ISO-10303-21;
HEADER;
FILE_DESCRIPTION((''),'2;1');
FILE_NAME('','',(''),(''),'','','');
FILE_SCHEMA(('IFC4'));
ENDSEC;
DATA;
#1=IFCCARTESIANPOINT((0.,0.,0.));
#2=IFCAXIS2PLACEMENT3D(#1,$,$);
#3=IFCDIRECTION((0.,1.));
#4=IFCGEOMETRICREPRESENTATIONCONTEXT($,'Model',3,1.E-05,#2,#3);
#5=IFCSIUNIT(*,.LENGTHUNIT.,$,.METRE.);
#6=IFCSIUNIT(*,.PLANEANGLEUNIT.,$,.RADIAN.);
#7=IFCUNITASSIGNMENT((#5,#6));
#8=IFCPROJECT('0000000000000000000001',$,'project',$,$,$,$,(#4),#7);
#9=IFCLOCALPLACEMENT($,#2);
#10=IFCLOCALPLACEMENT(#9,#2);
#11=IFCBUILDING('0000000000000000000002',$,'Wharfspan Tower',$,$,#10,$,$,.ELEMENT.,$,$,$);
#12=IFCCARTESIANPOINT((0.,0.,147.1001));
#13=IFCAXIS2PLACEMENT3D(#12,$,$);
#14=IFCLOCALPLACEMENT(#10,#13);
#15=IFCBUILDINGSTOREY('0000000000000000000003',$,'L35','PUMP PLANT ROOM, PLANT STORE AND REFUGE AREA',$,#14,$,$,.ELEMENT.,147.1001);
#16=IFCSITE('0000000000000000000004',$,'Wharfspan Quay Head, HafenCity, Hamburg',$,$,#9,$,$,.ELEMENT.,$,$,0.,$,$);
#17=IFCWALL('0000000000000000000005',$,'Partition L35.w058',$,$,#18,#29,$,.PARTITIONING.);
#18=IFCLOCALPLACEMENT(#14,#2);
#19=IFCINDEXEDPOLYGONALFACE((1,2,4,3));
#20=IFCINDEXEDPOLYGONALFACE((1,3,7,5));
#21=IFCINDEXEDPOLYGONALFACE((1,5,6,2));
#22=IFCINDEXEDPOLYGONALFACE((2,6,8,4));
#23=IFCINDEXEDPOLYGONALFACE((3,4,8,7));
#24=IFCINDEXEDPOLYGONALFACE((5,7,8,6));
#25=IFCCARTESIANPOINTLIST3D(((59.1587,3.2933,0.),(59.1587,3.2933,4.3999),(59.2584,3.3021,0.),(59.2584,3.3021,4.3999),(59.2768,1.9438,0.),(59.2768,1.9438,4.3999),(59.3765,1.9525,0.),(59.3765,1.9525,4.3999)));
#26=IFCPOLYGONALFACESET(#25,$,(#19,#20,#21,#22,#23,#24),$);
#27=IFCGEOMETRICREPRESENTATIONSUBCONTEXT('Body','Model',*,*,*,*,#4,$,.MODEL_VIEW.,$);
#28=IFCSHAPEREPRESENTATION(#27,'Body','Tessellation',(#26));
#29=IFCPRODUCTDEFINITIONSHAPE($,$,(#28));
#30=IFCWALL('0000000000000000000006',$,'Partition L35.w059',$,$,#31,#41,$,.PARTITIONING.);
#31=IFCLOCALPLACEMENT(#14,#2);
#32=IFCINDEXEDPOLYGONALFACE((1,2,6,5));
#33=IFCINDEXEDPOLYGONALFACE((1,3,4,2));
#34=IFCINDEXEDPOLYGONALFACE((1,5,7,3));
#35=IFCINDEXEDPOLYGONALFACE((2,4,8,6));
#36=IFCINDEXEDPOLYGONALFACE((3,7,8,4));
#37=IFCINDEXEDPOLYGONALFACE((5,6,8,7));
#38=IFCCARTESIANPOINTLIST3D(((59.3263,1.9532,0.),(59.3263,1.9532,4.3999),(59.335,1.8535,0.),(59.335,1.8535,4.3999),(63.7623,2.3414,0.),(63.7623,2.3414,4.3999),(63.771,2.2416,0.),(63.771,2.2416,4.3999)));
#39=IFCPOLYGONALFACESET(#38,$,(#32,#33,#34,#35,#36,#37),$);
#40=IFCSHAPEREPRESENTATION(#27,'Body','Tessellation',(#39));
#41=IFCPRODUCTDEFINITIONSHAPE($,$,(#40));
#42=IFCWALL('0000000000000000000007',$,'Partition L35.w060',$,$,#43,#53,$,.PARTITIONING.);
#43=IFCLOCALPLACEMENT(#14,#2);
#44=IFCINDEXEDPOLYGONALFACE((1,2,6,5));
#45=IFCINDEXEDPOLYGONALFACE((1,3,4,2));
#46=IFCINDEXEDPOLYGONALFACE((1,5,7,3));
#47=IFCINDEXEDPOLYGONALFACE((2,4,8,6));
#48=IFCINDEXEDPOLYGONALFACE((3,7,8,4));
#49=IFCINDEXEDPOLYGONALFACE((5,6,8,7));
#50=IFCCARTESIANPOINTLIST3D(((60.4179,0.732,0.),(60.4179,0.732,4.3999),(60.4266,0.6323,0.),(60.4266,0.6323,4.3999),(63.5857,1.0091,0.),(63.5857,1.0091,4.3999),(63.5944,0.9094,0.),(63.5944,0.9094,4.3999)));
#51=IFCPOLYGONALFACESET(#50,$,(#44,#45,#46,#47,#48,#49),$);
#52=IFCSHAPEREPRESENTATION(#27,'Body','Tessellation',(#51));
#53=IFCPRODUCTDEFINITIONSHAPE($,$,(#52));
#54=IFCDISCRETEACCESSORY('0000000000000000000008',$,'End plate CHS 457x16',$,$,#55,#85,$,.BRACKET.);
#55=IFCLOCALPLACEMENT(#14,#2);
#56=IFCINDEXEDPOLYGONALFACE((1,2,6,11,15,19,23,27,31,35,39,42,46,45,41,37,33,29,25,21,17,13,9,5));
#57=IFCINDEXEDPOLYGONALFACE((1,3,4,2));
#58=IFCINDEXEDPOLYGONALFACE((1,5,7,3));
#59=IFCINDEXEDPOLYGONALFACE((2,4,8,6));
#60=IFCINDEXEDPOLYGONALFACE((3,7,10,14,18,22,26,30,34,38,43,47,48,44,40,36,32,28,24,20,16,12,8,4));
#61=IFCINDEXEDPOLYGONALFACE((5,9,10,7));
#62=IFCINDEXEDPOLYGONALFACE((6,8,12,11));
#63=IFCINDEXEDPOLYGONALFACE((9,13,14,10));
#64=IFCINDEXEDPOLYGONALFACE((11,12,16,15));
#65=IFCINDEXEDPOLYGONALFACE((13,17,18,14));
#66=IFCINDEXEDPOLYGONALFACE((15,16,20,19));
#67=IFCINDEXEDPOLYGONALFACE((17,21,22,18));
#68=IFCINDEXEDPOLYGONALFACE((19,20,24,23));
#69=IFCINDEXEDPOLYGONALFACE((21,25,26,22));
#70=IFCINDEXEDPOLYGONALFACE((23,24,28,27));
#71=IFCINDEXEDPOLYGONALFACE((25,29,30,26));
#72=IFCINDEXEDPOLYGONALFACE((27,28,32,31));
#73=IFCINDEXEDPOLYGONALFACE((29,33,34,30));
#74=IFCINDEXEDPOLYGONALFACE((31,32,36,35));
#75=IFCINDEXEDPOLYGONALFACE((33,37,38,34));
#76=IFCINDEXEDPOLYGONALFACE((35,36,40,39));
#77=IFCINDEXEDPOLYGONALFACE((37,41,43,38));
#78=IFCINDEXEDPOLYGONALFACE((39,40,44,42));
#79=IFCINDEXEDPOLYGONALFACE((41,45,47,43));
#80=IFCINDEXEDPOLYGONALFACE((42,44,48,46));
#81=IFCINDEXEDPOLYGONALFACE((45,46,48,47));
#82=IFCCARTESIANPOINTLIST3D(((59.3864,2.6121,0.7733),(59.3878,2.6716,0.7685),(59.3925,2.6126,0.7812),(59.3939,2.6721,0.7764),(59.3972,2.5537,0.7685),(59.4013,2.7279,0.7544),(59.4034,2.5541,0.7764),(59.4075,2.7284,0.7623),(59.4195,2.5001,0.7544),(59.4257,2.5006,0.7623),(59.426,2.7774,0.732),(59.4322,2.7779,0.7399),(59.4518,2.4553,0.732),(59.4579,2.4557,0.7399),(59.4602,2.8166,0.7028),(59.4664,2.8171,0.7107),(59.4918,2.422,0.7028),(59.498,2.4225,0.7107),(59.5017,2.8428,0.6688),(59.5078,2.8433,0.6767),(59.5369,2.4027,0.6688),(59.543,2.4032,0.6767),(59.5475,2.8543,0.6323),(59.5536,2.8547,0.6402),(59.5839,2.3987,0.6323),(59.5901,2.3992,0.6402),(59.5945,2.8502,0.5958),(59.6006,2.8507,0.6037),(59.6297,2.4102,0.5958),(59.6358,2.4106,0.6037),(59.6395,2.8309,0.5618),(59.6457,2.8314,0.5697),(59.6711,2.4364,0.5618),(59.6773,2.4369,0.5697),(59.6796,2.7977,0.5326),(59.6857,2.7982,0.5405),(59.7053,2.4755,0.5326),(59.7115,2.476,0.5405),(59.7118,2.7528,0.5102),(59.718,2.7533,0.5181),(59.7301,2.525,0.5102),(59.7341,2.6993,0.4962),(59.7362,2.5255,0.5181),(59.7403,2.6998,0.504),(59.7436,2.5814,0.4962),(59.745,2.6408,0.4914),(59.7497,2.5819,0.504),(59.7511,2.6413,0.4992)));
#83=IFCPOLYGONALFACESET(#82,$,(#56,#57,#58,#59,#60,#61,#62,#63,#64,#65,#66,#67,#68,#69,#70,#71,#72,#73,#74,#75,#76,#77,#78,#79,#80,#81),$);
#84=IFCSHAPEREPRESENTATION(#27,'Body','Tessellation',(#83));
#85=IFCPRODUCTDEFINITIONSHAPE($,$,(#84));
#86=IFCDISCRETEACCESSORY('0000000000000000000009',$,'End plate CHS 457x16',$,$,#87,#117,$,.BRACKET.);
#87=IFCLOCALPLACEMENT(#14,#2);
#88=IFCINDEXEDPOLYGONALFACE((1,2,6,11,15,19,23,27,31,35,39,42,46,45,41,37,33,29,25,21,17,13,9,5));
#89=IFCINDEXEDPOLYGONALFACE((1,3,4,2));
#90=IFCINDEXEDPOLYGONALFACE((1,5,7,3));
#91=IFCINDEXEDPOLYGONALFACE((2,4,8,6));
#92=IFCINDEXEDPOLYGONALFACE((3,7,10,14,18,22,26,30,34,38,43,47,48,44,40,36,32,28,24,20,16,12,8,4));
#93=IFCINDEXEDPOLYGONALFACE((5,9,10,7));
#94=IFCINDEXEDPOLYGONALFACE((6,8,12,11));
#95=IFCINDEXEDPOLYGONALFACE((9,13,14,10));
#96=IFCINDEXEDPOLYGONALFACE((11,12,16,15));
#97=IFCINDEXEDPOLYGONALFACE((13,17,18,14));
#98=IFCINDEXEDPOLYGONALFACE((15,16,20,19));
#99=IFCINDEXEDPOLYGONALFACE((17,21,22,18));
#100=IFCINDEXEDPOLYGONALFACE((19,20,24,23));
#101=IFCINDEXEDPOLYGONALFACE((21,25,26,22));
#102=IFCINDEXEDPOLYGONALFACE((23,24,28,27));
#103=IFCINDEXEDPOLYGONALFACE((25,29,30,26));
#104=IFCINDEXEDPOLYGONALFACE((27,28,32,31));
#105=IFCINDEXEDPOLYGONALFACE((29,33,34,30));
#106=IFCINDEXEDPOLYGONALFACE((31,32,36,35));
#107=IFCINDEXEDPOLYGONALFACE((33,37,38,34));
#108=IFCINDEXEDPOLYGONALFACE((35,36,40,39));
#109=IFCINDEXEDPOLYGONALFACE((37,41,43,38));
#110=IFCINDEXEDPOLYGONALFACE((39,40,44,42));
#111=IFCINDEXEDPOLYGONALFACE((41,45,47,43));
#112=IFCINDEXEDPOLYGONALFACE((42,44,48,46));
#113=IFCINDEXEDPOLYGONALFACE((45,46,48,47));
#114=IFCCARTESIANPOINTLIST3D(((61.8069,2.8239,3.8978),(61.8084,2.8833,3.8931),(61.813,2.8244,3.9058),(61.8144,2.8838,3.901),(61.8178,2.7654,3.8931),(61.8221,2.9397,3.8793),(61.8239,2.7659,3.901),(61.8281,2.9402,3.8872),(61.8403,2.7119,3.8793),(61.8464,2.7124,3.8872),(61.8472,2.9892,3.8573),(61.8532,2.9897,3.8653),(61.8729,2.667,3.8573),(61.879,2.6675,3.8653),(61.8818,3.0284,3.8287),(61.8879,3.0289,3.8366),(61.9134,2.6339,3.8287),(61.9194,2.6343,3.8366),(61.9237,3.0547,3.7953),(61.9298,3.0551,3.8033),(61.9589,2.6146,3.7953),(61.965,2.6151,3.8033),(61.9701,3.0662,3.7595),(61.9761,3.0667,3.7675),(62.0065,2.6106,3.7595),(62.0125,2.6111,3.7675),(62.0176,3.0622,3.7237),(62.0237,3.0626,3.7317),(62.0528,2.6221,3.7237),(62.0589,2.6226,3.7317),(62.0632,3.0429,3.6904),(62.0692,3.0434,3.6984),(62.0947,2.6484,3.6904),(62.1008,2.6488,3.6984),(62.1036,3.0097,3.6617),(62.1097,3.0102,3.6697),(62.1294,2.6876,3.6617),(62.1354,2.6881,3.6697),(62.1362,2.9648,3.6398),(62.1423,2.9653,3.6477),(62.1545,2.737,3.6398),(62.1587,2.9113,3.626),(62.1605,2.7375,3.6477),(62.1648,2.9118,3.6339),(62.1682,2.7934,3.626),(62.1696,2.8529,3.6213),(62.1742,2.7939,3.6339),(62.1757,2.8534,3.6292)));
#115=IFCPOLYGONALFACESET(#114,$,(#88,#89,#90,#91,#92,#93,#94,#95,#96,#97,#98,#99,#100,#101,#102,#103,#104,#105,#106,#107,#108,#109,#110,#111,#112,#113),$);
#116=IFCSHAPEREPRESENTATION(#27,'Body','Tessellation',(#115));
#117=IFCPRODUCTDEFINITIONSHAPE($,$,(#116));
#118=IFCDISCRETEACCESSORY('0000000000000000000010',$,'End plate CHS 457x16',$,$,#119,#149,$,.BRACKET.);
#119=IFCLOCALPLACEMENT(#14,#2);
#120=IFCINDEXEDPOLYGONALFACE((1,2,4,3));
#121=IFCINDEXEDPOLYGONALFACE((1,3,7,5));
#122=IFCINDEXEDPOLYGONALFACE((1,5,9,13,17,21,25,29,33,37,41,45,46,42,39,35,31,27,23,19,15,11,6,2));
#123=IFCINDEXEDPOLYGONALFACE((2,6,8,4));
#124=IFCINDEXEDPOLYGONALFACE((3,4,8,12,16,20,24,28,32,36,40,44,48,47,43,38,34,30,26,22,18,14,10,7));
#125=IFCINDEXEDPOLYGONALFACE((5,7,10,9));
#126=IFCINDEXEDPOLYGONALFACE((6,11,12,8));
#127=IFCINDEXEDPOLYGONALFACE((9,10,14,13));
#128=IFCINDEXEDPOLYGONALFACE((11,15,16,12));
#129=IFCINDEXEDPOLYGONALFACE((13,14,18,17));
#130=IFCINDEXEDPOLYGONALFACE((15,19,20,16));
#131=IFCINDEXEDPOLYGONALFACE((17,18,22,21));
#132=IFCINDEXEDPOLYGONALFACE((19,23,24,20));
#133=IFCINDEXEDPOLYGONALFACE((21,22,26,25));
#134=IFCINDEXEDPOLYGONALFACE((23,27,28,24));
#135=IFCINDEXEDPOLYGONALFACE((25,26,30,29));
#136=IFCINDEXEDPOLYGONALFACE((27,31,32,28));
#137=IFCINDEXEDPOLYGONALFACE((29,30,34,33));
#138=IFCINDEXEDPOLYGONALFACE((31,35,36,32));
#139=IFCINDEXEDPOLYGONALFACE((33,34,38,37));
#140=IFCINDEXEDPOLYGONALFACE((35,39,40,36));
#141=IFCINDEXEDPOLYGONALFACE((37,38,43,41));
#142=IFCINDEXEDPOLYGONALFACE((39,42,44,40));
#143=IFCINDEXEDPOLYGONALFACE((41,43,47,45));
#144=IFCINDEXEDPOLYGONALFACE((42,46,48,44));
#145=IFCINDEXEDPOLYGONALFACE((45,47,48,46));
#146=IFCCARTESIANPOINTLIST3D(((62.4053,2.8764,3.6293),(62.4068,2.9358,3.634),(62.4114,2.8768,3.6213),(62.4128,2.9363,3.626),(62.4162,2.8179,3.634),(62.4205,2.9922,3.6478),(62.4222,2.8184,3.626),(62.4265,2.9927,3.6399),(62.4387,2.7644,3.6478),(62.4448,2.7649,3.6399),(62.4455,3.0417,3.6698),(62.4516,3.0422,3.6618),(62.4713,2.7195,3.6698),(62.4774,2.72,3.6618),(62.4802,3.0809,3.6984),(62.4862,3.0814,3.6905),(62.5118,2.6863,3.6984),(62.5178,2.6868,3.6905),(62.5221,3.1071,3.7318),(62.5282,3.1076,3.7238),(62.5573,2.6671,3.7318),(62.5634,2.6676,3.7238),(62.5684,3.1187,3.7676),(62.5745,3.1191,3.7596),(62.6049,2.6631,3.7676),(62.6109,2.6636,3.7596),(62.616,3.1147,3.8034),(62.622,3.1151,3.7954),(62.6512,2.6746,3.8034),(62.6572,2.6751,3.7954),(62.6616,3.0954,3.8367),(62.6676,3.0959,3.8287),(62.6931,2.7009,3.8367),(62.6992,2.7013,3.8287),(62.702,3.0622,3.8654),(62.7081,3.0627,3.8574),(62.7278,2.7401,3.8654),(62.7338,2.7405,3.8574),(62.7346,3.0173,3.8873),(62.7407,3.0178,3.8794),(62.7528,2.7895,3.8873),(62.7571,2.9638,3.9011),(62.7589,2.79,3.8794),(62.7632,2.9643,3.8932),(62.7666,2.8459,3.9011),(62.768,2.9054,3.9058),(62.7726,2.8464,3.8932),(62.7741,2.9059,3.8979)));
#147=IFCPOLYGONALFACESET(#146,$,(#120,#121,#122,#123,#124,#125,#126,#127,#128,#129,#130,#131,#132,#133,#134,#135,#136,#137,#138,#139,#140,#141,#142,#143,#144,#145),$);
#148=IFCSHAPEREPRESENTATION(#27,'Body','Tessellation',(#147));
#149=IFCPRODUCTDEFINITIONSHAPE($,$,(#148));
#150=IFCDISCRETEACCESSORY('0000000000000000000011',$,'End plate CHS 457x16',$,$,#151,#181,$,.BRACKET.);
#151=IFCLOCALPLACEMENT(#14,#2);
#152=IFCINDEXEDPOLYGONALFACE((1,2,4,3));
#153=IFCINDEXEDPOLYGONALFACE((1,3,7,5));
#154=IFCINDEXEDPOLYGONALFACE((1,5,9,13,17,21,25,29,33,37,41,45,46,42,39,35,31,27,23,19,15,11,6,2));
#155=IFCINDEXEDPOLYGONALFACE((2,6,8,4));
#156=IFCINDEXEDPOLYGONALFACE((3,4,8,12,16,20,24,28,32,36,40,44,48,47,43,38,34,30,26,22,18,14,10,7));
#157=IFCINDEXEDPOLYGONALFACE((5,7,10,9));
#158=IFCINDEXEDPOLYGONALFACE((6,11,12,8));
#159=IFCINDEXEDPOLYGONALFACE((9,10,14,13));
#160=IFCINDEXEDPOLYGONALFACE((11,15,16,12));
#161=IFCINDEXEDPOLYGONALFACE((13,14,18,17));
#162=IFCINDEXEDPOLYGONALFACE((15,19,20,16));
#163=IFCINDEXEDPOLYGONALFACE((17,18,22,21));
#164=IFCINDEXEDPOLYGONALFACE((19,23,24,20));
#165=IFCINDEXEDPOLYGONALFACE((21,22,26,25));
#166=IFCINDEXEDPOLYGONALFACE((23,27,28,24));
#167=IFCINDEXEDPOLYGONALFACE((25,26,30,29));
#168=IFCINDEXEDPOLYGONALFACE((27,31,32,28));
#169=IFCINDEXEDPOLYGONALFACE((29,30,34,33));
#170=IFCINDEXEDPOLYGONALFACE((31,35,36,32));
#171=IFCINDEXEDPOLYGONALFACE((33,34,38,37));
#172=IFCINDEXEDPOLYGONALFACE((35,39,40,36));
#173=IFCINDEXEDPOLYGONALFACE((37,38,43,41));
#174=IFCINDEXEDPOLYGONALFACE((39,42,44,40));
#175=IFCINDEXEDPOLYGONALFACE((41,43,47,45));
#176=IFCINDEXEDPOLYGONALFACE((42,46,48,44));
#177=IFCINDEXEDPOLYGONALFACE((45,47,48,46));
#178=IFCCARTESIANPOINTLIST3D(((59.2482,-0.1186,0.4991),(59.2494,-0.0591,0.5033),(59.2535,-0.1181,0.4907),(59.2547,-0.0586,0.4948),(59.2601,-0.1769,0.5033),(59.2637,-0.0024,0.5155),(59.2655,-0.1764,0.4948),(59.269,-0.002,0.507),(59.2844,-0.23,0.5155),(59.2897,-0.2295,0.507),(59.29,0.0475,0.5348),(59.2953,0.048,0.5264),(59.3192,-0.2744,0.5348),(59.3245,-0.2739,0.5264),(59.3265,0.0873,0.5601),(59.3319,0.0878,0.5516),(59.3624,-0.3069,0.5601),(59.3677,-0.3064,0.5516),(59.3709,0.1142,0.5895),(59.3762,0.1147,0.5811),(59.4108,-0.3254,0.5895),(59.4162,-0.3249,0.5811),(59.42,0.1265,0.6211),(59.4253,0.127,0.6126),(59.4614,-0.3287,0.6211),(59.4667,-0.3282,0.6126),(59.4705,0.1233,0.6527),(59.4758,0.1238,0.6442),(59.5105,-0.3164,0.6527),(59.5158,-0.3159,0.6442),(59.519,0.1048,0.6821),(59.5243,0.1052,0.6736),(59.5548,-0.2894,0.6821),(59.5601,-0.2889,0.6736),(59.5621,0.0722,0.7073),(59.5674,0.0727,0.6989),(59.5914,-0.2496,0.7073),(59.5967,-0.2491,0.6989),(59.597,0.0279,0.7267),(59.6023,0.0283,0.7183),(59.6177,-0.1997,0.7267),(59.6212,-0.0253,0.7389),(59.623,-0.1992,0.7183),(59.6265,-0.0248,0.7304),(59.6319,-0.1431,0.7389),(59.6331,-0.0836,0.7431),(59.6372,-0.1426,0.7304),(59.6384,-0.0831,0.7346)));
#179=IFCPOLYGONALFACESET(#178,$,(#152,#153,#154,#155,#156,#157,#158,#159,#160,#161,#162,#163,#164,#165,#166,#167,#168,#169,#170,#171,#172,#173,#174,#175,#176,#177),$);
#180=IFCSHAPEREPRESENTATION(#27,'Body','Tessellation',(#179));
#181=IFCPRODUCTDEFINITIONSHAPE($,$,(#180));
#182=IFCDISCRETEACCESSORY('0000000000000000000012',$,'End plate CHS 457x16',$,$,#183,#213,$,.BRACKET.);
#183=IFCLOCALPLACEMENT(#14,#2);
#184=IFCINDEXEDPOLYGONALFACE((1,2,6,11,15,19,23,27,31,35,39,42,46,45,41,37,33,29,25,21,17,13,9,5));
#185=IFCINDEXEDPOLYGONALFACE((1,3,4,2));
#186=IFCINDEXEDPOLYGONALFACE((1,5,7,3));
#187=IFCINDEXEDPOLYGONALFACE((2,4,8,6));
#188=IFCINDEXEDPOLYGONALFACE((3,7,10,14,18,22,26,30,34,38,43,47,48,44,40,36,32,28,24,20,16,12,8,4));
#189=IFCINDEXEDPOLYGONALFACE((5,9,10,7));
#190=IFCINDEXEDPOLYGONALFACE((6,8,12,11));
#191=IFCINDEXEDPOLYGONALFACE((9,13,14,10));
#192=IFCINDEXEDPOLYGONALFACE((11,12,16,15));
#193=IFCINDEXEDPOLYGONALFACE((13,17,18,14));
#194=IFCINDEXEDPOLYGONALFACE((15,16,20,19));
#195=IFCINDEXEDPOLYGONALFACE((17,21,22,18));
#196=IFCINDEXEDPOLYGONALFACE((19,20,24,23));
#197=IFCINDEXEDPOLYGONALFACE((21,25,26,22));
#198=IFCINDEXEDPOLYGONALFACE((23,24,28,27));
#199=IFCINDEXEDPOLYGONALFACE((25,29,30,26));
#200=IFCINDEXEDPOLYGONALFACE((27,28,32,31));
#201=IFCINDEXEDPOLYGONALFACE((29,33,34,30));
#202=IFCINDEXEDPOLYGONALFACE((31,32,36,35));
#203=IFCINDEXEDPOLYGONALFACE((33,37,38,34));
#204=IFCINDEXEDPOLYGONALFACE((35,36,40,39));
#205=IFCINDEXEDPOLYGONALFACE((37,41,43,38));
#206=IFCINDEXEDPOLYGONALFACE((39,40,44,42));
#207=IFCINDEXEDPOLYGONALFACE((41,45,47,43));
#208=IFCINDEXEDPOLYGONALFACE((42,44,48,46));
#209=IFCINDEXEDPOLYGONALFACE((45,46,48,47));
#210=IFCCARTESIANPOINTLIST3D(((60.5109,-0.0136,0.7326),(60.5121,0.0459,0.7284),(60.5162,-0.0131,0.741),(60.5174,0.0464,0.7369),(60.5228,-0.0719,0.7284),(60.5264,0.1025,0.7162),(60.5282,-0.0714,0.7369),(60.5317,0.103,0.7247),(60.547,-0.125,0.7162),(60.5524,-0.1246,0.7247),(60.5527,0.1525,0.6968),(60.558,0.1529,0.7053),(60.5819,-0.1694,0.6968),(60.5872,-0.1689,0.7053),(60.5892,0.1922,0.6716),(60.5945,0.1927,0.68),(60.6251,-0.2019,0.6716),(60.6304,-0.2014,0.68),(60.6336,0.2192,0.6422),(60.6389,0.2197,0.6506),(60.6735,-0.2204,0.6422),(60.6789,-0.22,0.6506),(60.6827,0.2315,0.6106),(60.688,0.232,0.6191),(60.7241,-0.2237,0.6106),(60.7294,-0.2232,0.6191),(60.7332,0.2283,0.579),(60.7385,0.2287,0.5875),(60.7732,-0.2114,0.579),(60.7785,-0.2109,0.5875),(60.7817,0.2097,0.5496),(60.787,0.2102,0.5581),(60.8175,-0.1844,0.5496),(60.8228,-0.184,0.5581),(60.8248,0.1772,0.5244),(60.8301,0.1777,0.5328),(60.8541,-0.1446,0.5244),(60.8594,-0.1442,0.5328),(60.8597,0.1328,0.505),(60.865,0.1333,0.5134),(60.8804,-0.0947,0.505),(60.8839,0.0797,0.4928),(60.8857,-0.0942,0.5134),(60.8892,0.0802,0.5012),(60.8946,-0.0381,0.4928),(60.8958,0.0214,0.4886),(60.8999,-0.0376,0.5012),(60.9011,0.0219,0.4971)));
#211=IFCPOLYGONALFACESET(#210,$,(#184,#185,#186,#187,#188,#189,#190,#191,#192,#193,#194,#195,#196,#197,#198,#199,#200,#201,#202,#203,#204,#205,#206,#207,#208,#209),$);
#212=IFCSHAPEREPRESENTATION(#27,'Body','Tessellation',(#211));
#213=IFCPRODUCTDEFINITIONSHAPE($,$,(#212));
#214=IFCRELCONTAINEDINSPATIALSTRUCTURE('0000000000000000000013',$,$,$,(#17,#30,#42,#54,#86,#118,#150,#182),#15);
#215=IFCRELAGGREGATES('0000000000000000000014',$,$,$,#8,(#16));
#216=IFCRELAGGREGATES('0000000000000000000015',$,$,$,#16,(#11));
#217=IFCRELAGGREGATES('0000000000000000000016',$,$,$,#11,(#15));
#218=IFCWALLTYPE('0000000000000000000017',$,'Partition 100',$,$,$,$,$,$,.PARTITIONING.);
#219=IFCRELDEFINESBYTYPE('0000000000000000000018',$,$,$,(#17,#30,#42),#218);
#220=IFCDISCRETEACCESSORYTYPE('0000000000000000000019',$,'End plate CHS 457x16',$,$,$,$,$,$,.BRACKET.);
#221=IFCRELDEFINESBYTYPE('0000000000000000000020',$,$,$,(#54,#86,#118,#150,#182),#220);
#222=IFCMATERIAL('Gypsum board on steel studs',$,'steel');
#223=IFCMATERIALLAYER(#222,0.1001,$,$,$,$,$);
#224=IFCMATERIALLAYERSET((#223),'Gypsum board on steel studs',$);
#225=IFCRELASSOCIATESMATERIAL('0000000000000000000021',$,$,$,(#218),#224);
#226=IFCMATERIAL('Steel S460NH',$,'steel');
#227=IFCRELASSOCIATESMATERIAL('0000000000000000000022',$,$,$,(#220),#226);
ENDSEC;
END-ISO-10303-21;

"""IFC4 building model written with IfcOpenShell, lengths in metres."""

from ifc_helpers import new_model, si_unit, direction, frame, frame_2d, origin, origin_2d, place, context, subcontext, project, spatial, rectangle, circle, extrude, material, layer, layer_set, material_profile, profile_set, type_object, element, save


model = new_model("IFC4")

# Units and contexts
model_context = context("Model", 3, precision=1e-05, world=origin(), true_north=direction((0.0, 1.0)))
body_context = subcontext(model_context, "Body", "Model", "MODEL_VIEW")
ifc_project = project(units=[si_unit("LENGTHUNIT", "METRE"), si_unit("PLANEANGLEUNIT", "RADIAN")], contexts=[model_context])

# Site, building, storey
site_placement = place(None, origin())
site = spatial("IfcSite", under=ifc_project, at=site_placement, Name="Wharfspan Quay Head, HafenCity, Hamburg", CompositionType="ELEMENT", RefElevation=0.0)
building_placement = place(site_placement, origin())
building = spatial("IfcBuilding", under=site, at=building_placement, Name="Wharfspan Tower", CompositionType="ELEMENT")
storey_placement = place(building_placement, frame((0.0, 0.0, 147.1001)))
storey = spatial("IfcBuildingStorey", under=building, at=storey_placement, Name="L35", Description="PUMP PLANT ROOM, PLANT STORE AND REFUGE AREA", CompositionType="ELEMENT", Elevation=147.1001)

# Shared definitions
ifc_material_1 = material(Name="Steel S460NH", Category="steel")

# Walls
ifc_material_2 = material(Name="Gypsum board on steel studs", Category="steel")
ifc_layer_1 = layer(ifc_material_2, 0.1001)
ifc_layer_set_1 = layer_set([ifc_layer_1], Name="Gypsum board on steel studs")
wall_type = type_object("IfcWallType", Name="Partition 100", PredefinedType="PARTITIONING", material=ifc_layer_set_1)
wall_1_placement = place(storey_placement, frame((59.3267, 1.9482, 0.0), z_axis=(0.0, 0.0, 1.0), x_axis=(-0.087221, 0.996193, 0.0)))
element("IfcWall", 1, at=wall_1_placement, inside=storey, type_object=wall_type, Name="Partition L35.w058", PredefinedType="PARTITIONING", context=body_context, shape_type="SweptSolid", body=[
    extrude(rectangle(XDim=1.3547, YDim=0.1001, at=frame_2d((0.6772, 0.0))), origin(), (0.0, 0.0, 1.0), 4.3999),
])
wall_2_placement = place(storey_placement, frame((59.3306, 1.9033, 0.0), z_axis=(0.0, 0.0, 1.0), x_axis=(0.996196, 0.087174, 0.0)))
element("IfcWall", 2, at=wall_2_placement, inside=storey, type_object=wall_type, Name="Partition L35.w059", PredefinedType="PARTITIONING", context=body_context, shape_type="SweptSolid", body=[
    extrude(rectangle(XDim=4.4529, YDim=0.1001, at=frame_2d((2.2266, 0.0))), origin(), (0.0, 0.0, 1.0), 4.3999),
])
wall_3_placement = place(storey_placement, frame((60.4224, 0.6821, 0.0), z_axis=(0.0, 0.0, 1.0), x_axis=(0.996194, 0.087143, 0.0)))
element("IfcWall", 3, at=wall_3_placement, inside=storey, type_object=wall_type, Name="Partition L35.w060", PredefinedType="PARTITIONING", context=body_context, shape_type="SweptSolid", body=[
    extrude(rectangle(XDim=3.1799, YDim=0.1001, at=frame_2d((1.5898, 0.0))), origin(), (0.0, 0.0, 1.0), 4.3999),
])

# Discrete accessories
ifc_material_profile_1 = material_profile(ifc_material_1, circle(Radius=0.2285, at=origin_2d()))
ifc_profile_set_1 = profile_set([ifc_material_profile_1], Name="Steel S460NH")
discrete_accessory_type_1 = type_object("IfcDiscreteAccessoryType", Name="End plate CHS 457x16", PredefinedType="BRACKET", material=ifc_profile_set_1)
for number, where, z_axis, x_axis, name in (
    (4, (59.5657, 2.6265, 0.6323), (0.614899, 0.049192, 0.78707), (-0.079745, 0.996811, 0.0), "End plate CHS 457x16"),
    (5, (61.9883, 2.8384, 3.7595), (0.603154, 0.048252, 0.796164), (-0.079745, 0.996819, 0.0), "End plate CHS 457x16"),
    (6, (62.5867, 2.8909, 3.7676), (0.603154, 0.048252, -0.796164), (-0.079745, 0.996819, 0.0), "End plate CHS 457x16"),
    (7, (59.4407, -0.1011, 0.6211), (0.53155, 0.048323, -0.845647), (-0.090535, 0.995897, 0.000001), "End plate CHS 457x16"),
    (8, (60.7034, 0.0039, 0.6106), (0.53155, 0.048323, 0.845647), (-0.090535, 0.995897, -0.000001), "End plate CHS 457x16"),
):
    element("IfcDiscreteAccessory", number, at=place(storey_placement, frame(where, z_axis=z_axis, x_axis=x_axis)), inside=storey, type_object=discrete_accessory_type_1, Name=name, PredefinedType="BRACKET", context=body_context, shape_type="SweptSolid", body=[
        extrude(circle(Radius=0.2285, at=origin_2d()), origin(), (0.0, 0.0, 1.0), 0.01),
    ])

save(model, "model.ifc")
